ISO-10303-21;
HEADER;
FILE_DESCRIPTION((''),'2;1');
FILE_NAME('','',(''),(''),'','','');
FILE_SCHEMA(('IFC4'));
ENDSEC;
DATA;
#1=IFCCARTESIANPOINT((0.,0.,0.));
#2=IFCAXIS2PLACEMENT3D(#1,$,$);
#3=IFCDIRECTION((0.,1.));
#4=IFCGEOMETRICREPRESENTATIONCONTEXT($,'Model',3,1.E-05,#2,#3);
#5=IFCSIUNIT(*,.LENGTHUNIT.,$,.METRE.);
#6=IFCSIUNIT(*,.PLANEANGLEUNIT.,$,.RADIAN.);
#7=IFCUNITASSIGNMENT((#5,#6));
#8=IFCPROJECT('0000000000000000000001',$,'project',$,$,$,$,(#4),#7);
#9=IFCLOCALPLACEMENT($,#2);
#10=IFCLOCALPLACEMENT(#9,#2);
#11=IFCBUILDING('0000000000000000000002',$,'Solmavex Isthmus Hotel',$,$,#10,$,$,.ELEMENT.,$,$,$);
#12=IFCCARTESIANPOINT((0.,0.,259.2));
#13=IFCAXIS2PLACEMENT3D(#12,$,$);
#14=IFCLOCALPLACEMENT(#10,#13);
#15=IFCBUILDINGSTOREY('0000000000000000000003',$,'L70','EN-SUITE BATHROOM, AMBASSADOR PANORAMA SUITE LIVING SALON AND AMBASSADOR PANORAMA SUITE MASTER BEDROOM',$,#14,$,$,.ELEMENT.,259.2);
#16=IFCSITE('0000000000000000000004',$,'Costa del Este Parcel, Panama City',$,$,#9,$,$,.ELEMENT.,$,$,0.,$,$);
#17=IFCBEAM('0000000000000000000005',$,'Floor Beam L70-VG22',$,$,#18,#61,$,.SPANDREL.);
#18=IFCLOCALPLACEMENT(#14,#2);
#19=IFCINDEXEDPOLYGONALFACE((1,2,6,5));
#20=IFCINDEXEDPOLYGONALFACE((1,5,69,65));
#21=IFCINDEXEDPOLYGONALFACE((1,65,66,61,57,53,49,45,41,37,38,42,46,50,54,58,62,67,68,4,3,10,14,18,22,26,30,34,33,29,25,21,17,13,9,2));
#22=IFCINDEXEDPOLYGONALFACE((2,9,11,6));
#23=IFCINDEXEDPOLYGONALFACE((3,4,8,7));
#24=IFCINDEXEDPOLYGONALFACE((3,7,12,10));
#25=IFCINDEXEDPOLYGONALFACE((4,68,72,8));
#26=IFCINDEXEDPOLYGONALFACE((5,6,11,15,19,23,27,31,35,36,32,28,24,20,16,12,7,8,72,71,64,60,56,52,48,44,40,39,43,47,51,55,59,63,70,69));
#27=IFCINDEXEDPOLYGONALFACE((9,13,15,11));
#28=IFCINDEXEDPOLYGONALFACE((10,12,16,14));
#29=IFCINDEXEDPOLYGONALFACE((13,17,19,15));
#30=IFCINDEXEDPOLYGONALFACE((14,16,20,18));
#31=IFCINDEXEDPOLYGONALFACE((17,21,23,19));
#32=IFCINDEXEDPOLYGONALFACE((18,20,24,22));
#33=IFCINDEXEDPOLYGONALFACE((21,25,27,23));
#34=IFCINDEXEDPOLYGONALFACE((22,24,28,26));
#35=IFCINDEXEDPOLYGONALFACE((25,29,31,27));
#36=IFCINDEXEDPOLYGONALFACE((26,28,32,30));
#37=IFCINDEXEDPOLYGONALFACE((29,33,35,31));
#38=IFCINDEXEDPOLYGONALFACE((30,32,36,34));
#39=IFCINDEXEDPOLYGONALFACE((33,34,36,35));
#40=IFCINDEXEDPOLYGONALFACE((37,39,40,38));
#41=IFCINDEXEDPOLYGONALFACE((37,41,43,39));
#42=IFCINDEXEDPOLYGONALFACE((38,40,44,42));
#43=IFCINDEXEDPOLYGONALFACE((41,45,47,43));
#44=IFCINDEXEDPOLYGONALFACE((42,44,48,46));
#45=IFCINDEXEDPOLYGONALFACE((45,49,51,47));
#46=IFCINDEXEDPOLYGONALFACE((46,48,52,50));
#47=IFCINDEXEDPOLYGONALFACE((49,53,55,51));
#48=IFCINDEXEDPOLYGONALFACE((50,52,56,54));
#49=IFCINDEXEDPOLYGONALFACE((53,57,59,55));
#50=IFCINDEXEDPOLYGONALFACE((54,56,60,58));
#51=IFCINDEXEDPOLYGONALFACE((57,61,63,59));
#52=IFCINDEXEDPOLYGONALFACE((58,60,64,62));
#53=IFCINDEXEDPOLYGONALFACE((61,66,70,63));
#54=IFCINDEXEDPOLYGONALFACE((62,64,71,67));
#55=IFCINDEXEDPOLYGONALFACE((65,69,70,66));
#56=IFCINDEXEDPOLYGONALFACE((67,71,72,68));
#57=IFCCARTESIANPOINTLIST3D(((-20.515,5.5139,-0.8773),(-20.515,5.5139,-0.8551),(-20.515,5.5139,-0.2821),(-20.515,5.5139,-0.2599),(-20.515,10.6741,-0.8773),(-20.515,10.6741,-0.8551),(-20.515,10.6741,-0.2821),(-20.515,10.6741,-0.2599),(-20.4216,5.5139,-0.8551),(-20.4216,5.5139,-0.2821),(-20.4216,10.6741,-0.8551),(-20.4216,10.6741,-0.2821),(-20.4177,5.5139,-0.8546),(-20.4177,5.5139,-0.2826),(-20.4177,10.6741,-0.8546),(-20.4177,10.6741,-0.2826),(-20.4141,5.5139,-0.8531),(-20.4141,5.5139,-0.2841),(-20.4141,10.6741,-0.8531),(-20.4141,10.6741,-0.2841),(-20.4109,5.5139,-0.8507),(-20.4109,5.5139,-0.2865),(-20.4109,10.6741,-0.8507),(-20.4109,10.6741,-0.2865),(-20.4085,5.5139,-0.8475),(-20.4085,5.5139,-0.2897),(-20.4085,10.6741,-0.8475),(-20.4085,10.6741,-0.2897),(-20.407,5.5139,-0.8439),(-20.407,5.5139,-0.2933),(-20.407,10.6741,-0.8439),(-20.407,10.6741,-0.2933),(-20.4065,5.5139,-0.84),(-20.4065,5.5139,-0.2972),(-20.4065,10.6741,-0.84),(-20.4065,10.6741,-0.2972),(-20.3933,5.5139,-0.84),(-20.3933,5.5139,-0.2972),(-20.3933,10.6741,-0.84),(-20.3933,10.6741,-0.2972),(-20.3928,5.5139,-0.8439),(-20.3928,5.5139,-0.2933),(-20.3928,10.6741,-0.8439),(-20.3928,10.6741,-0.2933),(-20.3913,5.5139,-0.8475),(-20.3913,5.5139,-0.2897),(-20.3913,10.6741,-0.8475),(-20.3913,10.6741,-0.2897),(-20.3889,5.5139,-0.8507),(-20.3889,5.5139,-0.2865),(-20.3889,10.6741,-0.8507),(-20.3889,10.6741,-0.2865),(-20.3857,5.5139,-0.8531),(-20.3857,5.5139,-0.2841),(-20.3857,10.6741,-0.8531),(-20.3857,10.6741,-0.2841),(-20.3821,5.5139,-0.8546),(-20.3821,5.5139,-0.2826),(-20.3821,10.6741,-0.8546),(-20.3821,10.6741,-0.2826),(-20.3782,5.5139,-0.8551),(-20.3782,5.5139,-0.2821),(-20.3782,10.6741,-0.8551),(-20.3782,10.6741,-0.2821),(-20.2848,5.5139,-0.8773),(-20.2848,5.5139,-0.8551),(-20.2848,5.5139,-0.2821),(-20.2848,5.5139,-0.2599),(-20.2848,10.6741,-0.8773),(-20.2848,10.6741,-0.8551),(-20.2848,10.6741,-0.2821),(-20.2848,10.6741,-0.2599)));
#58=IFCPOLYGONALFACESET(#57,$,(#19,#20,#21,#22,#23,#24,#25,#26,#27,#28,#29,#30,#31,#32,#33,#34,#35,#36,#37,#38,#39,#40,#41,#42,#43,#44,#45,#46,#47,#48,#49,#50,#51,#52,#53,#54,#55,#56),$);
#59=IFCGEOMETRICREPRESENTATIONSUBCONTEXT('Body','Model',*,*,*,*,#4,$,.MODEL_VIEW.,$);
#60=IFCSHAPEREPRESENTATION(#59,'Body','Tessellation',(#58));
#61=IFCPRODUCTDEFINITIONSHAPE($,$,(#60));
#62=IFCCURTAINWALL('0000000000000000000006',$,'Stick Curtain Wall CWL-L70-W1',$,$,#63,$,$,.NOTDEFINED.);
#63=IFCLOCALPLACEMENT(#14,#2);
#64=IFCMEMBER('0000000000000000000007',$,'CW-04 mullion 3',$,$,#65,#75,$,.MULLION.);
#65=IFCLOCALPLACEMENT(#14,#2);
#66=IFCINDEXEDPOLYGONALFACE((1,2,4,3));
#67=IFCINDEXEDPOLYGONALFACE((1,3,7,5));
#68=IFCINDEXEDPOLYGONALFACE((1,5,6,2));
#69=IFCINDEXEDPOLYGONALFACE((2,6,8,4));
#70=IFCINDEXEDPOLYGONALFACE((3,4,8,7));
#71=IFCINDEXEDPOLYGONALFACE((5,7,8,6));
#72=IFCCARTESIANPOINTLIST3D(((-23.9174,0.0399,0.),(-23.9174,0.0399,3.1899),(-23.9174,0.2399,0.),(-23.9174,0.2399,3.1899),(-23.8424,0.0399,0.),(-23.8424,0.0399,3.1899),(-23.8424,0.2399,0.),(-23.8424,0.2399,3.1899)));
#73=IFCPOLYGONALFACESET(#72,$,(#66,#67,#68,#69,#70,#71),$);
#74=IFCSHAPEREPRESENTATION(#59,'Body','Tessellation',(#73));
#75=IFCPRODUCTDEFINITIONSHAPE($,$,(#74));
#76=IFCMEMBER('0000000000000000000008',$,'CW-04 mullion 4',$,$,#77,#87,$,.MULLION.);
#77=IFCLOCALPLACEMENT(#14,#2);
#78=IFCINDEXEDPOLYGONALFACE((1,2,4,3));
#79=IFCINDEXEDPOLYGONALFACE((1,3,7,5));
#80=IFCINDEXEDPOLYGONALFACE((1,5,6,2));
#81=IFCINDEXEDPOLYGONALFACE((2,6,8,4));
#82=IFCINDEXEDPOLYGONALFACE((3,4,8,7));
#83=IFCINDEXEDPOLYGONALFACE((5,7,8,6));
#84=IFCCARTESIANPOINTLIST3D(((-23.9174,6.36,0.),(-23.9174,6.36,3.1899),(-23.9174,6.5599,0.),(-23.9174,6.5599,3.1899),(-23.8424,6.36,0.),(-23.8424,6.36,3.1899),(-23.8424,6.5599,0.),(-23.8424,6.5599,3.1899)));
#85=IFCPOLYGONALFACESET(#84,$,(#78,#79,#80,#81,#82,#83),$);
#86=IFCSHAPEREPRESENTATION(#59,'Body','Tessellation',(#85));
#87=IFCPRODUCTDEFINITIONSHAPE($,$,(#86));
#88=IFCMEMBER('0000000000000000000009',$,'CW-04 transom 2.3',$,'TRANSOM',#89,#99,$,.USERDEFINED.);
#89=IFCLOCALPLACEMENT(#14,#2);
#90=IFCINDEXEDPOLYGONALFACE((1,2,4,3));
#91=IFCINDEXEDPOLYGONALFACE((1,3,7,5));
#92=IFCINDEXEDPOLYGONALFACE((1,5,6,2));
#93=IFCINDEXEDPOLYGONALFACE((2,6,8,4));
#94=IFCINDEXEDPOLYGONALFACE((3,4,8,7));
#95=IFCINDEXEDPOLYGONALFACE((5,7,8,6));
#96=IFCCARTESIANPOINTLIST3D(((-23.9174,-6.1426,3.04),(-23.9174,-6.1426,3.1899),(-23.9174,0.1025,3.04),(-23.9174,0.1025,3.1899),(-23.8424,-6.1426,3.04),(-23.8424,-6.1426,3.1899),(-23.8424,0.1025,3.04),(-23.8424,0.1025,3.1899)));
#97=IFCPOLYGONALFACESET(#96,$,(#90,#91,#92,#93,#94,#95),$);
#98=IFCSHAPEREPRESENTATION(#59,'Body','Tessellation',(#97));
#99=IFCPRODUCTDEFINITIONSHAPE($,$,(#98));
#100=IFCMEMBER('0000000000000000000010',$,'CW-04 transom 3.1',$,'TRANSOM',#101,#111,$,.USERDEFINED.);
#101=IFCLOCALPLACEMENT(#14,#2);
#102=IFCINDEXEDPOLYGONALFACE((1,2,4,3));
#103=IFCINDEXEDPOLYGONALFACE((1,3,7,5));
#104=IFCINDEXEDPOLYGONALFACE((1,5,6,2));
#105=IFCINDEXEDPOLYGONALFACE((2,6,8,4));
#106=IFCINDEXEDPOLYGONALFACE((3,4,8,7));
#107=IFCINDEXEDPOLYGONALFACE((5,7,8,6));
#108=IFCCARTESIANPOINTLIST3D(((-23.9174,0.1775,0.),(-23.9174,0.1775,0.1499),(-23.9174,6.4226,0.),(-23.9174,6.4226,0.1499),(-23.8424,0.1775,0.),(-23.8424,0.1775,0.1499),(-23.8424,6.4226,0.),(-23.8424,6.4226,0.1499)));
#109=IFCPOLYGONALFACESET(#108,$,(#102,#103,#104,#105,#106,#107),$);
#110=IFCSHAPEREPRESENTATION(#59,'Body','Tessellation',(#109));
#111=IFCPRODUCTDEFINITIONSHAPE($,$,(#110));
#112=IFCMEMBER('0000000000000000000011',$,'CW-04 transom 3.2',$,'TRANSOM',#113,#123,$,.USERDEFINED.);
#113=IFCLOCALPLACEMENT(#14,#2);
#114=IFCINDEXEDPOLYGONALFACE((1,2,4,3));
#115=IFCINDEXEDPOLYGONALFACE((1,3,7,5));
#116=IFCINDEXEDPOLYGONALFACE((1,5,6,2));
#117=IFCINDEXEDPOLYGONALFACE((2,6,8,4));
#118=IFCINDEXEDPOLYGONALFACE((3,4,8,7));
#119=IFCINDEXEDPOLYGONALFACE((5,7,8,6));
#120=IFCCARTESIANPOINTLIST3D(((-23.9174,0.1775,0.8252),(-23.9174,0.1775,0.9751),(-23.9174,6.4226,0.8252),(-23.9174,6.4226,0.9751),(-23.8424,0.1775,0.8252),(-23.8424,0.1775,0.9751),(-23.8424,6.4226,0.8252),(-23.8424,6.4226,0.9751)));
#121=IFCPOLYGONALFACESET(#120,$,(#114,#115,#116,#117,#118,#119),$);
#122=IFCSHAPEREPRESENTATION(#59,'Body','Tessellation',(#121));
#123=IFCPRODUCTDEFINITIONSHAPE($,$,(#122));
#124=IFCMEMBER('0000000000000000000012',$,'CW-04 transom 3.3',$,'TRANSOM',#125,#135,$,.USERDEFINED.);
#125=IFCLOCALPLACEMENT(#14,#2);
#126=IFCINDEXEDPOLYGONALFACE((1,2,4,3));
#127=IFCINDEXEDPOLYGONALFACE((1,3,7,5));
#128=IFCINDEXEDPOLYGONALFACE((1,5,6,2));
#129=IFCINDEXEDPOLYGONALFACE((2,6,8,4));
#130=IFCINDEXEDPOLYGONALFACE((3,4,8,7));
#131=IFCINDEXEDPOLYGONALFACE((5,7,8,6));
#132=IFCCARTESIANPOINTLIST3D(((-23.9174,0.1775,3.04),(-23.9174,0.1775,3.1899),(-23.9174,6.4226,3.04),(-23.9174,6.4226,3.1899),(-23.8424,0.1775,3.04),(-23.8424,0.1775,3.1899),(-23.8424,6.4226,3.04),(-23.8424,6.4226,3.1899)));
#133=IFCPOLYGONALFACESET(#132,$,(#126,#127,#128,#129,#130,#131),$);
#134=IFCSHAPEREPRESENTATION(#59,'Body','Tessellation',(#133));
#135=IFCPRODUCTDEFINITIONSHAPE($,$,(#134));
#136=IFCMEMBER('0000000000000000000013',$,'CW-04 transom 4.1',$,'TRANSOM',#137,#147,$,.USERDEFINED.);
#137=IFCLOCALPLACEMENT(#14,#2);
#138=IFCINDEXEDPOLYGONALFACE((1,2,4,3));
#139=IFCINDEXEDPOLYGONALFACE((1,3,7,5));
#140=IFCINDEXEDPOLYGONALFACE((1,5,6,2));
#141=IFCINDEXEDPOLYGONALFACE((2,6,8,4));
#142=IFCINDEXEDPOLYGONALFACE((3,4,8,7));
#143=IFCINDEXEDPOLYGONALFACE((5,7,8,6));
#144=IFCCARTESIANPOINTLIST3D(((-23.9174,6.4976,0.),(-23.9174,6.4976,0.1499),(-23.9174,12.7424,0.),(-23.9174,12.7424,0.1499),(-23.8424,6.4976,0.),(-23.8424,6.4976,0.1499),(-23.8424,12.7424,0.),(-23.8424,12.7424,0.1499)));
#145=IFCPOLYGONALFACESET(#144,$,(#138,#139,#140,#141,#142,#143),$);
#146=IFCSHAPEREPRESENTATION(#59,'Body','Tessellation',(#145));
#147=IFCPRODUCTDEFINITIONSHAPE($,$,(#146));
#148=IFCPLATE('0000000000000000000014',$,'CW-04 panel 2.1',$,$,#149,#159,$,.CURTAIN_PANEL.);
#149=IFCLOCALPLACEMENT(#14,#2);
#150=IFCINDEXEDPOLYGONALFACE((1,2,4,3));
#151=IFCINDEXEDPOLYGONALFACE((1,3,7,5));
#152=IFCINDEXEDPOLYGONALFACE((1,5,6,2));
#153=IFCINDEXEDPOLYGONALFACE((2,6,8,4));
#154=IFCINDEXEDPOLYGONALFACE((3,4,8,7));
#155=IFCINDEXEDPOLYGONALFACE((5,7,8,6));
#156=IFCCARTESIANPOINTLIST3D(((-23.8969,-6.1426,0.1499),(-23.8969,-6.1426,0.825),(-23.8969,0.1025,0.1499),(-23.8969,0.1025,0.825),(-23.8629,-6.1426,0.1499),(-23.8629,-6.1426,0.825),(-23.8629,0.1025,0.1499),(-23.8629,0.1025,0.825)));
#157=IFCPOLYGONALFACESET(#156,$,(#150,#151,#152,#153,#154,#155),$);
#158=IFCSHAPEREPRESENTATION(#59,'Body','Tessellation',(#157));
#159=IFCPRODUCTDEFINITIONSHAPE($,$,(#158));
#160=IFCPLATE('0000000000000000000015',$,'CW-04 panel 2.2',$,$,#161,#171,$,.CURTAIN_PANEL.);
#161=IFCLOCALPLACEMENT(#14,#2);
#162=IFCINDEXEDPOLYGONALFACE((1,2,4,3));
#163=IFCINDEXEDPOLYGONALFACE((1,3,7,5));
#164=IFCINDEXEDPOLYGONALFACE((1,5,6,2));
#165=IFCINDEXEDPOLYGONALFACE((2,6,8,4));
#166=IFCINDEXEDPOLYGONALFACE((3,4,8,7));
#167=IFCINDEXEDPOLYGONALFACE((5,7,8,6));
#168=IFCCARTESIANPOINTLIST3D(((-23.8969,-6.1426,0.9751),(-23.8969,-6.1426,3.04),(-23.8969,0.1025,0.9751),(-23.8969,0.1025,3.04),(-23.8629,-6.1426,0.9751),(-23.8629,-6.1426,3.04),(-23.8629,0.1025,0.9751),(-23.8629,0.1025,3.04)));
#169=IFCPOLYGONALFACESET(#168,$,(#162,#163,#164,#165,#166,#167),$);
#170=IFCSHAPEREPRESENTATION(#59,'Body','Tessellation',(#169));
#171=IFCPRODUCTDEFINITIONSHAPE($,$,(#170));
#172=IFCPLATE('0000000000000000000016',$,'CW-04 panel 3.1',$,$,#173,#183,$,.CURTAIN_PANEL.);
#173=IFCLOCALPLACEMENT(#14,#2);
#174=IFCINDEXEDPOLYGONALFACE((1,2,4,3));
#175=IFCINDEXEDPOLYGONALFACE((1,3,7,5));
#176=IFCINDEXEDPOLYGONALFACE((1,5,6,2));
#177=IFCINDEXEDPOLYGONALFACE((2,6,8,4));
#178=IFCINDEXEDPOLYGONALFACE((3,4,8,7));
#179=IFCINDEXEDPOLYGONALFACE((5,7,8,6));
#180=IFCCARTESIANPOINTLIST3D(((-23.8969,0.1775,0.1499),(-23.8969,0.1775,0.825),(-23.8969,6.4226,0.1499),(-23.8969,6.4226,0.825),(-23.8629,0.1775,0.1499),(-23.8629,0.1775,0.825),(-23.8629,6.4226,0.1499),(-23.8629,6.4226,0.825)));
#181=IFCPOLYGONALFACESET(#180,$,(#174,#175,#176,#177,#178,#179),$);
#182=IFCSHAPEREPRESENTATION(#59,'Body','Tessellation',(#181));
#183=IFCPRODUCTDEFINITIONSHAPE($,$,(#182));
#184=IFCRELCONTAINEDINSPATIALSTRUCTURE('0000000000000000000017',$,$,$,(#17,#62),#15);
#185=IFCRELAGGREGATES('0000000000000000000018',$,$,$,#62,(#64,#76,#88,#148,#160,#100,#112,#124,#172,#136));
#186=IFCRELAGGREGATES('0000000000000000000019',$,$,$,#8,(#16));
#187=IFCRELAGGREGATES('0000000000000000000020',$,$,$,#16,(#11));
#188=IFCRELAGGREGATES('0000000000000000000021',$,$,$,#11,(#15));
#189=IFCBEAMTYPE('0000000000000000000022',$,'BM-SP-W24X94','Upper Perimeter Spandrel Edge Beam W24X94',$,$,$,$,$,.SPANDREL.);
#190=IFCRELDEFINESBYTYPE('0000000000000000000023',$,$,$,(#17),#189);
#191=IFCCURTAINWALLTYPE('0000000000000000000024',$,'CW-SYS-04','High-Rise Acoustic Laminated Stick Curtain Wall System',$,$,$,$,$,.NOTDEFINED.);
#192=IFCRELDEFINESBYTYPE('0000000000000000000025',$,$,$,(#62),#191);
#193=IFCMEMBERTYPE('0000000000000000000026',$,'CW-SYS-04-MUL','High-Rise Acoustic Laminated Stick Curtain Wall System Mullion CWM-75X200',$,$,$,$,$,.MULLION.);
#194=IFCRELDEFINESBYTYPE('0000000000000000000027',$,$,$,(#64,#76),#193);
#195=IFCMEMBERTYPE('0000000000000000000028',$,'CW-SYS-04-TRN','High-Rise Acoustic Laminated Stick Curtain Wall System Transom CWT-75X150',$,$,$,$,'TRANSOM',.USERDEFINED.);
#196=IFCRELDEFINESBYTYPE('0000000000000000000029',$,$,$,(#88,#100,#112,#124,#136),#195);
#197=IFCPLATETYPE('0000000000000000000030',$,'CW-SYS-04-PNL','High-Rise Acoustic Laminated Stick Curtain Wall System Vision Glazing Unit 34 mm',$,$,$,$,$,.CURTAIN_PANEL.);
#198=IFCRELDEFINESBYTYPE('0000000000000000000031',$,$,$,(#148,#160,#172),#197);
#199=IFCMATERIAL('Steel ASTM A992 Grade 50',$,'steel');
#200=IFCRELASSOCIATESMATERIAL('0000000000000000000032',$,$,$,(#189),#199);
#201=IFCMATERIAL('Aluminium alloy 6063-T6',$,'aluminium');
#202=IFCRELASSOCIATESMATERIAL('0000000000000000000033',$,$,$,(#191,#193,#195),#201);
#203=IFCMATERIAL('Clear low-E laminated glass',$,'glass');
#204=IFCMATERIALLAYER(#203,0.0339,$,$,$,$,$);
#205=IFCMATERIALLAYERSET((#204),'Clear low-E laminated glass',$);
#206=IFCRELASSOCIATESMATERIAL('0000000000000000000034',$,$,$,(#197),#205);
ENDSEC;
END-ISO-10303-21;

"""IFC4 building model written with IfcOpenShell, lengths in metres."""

from ifc_helpers import new_model, si_unit, direction, frame, origin, origin_2d, place, context, subcontext, project, spatial, rectangle, i_section, extrude, material, layer, layer_set, material_profile, profile_set, type_object, element, aggregate, save


model = new_model("IFC4")

# Units and contexts
model_context = context("Model", 3, precision=1e-05, world=origin(), true_north=direction((0.0, 1.0)))
body_context = subcontext(model_context, "Body", "Model", "MODEL_VIEW")
ifc_project = project(units=[si_unit("LENGTHUNIT", "METRE"), si_unit("PLANEANGLEUNIT", "RADIAN")], contexts=[model_context])

# Site, building, storey
site_placement = place(None, origin())
site = spatial("IfcSite", under=ifc_project, at=site_placement, Name="Costa del Este Parcel, Panama City", CompositionType="ELEMENT", RefElevation=0.0)
building_placement = place(site_placement, origin())
building = spatial("IfcBuilding", under=site, at=building_placement, Name="Solmavex Isthmus Hotel", CompositionType="ELEMENT")
storey_placement = place(building_placement, frame((0.0, 0.0, 259.2)))
storey = spatial("IfcBuildingStorey", under=building, at=storey_placement, Name="L70", Description="EN-SUITE BATHROOM, AMBASSADOR PANORAMA SUITE LIVING SALON AND AMBASSADOR PANORAMA SUITE MASTER BEDROOM", CompositionType="ELEMENT", Elevation=259.2)

# Beam
ifc_material_1 = material(Name="Steel ASTM A992 Grade 50", Category="steel")
ifc_material_profile_1 = material_profile(ifc_material_1, i_section(OverallWidth=0.2302, OverallDepth=0.6174, WebThickness=0.0132, FlangeThickness=0.0222, FilletRadius=0.0151, at=origin_2d()), Name="W24X94")
ifc_profile_set_1 = profile_set([ifc_material_profile_1], Name="Steel ASTM A992 Grade 50")
beam_type_1 = type_object("IfcBeamType", Name="BM-SP-W24X94", Description="Upper Perimeter Spandrel Edge Beam W24X94", PredefinedType="SPANDREL", material=ifc_profile_set_1)
beam_1_placement = place(storey_placement, frame((-20.3999, 5.5139, -0.5686), z_axis=(0.0, 1.0, 0.0), x_axis=(-1.0, 0.0, 0.0)))
element("IfcBeam", 1, at=beam_1_placement, inside=storey, type_object=beam_type_1, Name="Floor Beam L70-VG22", PredefinedType="SPANDREL", context=body_context, shape_type="SweptSolid", body=[
    extrude(i_section(OverallWidth=0.2302, OverallDepth=0.6174, WebThickness=0.0132, FlangeThickness=0.0222, FilletRadius=0.0151, at=origin_2d()), origin(), (0.0, 0.0, 1.0), 5.1602),
])

# Curtain wall, members, plates
ifc_material_2 = material(Name="Aluminium alloy 6063-T6", Category="aluminium")
curtain_wall_type = type_object("IfcCurtainWallType", Name="CW-SYS-04", Description="High-Rise Acoustic Laminated Stick Curtain Wall System", PredefinedType="NOTDEFINED", material=ifc_material_2)
curtain_wall_placement = place(storey_placement, origin())
curtain_wall = element("IfcCurtainWall", 2, at=curtain_wall_placement, inside=storey, type_object=curtain_wall_type, Name="Stick Curtain Wall CWL-L70-W1", PredefinedType="NOTDEFINED")
ifc_material_profile_2 = material_profile(ifc_material_2, rectangle(XDim=0.075, YDim=0.2, at=origin_2d()), Name="CWM-75X200")
ifc_profile_set_2 = profile_set([ifc_material_profile_2], Name="Aluminium alloy 6063-T6")
member_type_1 = type_object("IfcMemberType", Name="CW-SYS-04-MUL", Description="High-Rise Acoustic Laminated Stick Curtain Wall System Mullion CWM-75X200", PredefinedType="MULLION", material=ifc_profile_set_2)
member_1_placement = place(storey_placement, frame((-23.8799, 0.1399, 0.0), z_axis=(0.0, 0.0, 1.0), x_axis=(-1.0, 0.0, 0.0)))
member_1 = element("IfcMember", 3, at=member_1_placement, type_object=member_type_1, Name="CW-04 mullion 3", PredefinedType="MULLION", context=body_context, shape_type="SweptSolid", body=[
    extrude(rectangle(XDim=0.075, YDim=0.2, at=origin_2d()), origin(), (0.0, 0.0, 1.0), 3.1899),
])
member_2_placement = place(storey_placement, frame((-23.8799, 6.46, 0.0), z_axis=(0.0, 0.0, 1.0), x_axis=(-1.0, 0.0, 0.0)))
member_2 = element("IfcMember", 4, at=member_2_placement, type_object=member_type_1, Name="CW-04 mullion 4", PredefinedType="MULLION", context=body_context, shape_type="SweptSolid", body=[
    extrude(rectangle(XDim=0.075, YDim=0.2, at=origin_2d()), origin(), (0.0, 0.0, 1.0), 3.1899),
])
ifc_material_profile_3 = material_profile(ifc_material_2, rectangle(XDim=0.075, YDim=0.1499, at=origin_2d()), Name="CWT-75X150")
ifc_profile_set_3 = profile_set([ifc_material_profile_3], Name="Aluminium alloy 6063-T6")
member_type_2 = type_object("IfcMemberType", Name="CW-SYS-04-TRN", Description="High-Rise Acoustic Laminated Stick Curtain Wall System Transom CWT-75X150", ElementType="TRANSOM", PredefinedType="USERDEFINED", material=ifc_profile_set_3)
member_3_placement = place(storey_placement, frame((-23.8799, -6.1426, 3.115), z_axis=(0.0, 1.0, 0.0), x_axis=(-1.0, 0.0, 0.0)))
member_3 = element("IfcMember", 5, at=member_3_placement, type_object=member_type_2, Name="CW-04 transom 2.3", ObjectType="TRANSOM", PredefinedType="USERDEFINED", context=body_context, shape_type="SweptSolid", body=[
    extrude(rectangle(XDim=0.075, YDim=0.1499, at=origin_2d()), origin(), (0.0, 0.0, 1.0), 6.2451),
])
member_4_placement = place(storey_placement, frame((-23.8799, 0.1775, 0.075), z_axis=(0.0, 1.0, 0.0), x_axis=(-1.0, 0.0, 0.0)))
member_4 = element("IfcMember", 6, at=member_4_placement, type_object=member_type_2, Name="CW-04 transom 3.1", ObjectType="TRANSOM", PredefinedType="USERDEFINED", context=body_context, shape_type="SweptSolid", body=[
    extrude(rectangle(XDim=0.075, YDim=0.1499, at=origin_2d()), origin(), (0.0, 0.0, 1.0), 6.2451),
])
member_5_placement = place(storey_placement, frame((-23.8799, 0.1775, 0.9001), z_axis=(0.0, 1.0, 0.0), x_axis=(-1.0, 0.0, 0.0)))
member_5 = element("IfcMember", 7, at=member_5_placement, type_object=member_type_2, Name="CW-04 transom 3.2", ObjectType="TRANSOM", PredefinedType="USERDEFINED", context=body_context, shape_type="SweptSolid", body=[
    extrude(rectangle(XDim=0.075, YDim=0.1499, at=origin_2d()), origin(), (0.0, 0.0, 1.0), 6.2451),
])
member_6_placement = place(storey_placement, frame((-23.8799, 0.1775, 3.115), z_axis=(0.0, 1.0, 0.0), x_axis=(-1.0, 0.0, 0.0)))
member_6 = element("IfcMember", 8, at=member_6_placement, type_object=member_type_2, Name="CW-04 transom 3.3", ObjectType="TRANSOM", PredefinedType="USERDEFINED", context=body_context, shape_type="SweptSolid", body=[
    extrude(rectangle(XDim=0.075, YDim=0.1499, at=origin_2d()), origin(), (0.0, 0.0, 1.0), 6.2451),
])
member_7_placement = place(storey_placement, frame((-23.8799, 6.4976, 0.075), z_axis=(0.0, 1.0, 0.0), x_axis=(-1.0, 0.0, 0.0)))
member_7 = element("IfcMember", 9, at=member_7_placement, type_object=member_type_2, Name="CW-04 transom 4.1", ObjectType="TRANSOM", PredefinedType="USERDEFINED", context=body_context, shape_type="SweptSolid", body=[
    extrude(rectangle(XDim=0.075, YDim=0.1499, at=origin_2d()), origin(), (0.0, 0.0, 1.0), 6.2449),
])
ifc_material_3 = material(Name="Clear low-E laminated glass", Category="glass")
ifc_layer_1 = layer(ifc_material_3, 0.0339)
ifc_layer_set_1 = layer_set([ifc_layer_1], Name="Clear low-E laminated glass")
plate_type = type_object("IfcPlateType", Name="CW-SYS-04-PNL", Description="High-Rise Acoustic Laminated Stick Curtain Wall System Vision Glazing Unit 34 mm", PredefinedType="CURTAIN_PANEL", material=ifc_layer_set_1)
plate_1_placement = place(storey_placement, frame((-23.8799, -3.02, 0.1499), z_axis=(0.0, 0.0, 1.0), x_axis=(0.0, 1.0, 0.0)))
plate_1 = element("IfcPlate", 10, at=plate_1_placement, type_object=plate_type, Name="CW-04 panel 2.1", PredefinedType="CURTAIN_PANEL", context=body_context, shape_type="SweptSolid", body=[
    extrude(rectangle(XDim=6.2451, YDim=0.0339, at=origin_2d()), origin(), (0.0, 0.0, 1.0), 0.675),
])
plate_2_placement = place(storey_placement, frame((-23.8799, -3.02, 0.9751), z_axis=(0.0, 0.0, 1.0), x_axis=(0.0, 1.0, 0.0)))
plate_2 = element("IfcPlate", 11, at=plate_2_placement, type_object=plate_type, Name="CW-04 panel 2.2", PredefinedType="CURTAIN_PANEL", context=body_context, shape_type="SweptSolid", body=[
    extrude(rectangle(XDim=6.2451, YDim=0.0339, at=origin_2d()), origin(), (0.0, 0.0, 1.0), 2.0649),
])
plate_3_placement = place(storey_placement, frame((-23.8799, 3.3, 0.1499), z_axis=(0.0, 0.0, 1.0), x_axis=(0.0, 1.0, 0.0)))
plate_3 = element("IfcPlate", 12, at=plate_3_placement, type_object=plate_type, Name="CW-04 panel 3.1", PredefinedType="CURTAIN_PANEL", context=body_context, shape_type="SweptSolid", body=[
    extrude(rectangle(XDim=6.2451, YDim=0.0339, at=origin_2d()), origin(), (0.0, 0.0, 1.0), 0.675),
])
aggregate(curtain_wall, [member_1, member_2, member_3, plate_1, plate_2, member_4, member_5, member_6, plate_3, member_7])

save(model, "model.ifc")
